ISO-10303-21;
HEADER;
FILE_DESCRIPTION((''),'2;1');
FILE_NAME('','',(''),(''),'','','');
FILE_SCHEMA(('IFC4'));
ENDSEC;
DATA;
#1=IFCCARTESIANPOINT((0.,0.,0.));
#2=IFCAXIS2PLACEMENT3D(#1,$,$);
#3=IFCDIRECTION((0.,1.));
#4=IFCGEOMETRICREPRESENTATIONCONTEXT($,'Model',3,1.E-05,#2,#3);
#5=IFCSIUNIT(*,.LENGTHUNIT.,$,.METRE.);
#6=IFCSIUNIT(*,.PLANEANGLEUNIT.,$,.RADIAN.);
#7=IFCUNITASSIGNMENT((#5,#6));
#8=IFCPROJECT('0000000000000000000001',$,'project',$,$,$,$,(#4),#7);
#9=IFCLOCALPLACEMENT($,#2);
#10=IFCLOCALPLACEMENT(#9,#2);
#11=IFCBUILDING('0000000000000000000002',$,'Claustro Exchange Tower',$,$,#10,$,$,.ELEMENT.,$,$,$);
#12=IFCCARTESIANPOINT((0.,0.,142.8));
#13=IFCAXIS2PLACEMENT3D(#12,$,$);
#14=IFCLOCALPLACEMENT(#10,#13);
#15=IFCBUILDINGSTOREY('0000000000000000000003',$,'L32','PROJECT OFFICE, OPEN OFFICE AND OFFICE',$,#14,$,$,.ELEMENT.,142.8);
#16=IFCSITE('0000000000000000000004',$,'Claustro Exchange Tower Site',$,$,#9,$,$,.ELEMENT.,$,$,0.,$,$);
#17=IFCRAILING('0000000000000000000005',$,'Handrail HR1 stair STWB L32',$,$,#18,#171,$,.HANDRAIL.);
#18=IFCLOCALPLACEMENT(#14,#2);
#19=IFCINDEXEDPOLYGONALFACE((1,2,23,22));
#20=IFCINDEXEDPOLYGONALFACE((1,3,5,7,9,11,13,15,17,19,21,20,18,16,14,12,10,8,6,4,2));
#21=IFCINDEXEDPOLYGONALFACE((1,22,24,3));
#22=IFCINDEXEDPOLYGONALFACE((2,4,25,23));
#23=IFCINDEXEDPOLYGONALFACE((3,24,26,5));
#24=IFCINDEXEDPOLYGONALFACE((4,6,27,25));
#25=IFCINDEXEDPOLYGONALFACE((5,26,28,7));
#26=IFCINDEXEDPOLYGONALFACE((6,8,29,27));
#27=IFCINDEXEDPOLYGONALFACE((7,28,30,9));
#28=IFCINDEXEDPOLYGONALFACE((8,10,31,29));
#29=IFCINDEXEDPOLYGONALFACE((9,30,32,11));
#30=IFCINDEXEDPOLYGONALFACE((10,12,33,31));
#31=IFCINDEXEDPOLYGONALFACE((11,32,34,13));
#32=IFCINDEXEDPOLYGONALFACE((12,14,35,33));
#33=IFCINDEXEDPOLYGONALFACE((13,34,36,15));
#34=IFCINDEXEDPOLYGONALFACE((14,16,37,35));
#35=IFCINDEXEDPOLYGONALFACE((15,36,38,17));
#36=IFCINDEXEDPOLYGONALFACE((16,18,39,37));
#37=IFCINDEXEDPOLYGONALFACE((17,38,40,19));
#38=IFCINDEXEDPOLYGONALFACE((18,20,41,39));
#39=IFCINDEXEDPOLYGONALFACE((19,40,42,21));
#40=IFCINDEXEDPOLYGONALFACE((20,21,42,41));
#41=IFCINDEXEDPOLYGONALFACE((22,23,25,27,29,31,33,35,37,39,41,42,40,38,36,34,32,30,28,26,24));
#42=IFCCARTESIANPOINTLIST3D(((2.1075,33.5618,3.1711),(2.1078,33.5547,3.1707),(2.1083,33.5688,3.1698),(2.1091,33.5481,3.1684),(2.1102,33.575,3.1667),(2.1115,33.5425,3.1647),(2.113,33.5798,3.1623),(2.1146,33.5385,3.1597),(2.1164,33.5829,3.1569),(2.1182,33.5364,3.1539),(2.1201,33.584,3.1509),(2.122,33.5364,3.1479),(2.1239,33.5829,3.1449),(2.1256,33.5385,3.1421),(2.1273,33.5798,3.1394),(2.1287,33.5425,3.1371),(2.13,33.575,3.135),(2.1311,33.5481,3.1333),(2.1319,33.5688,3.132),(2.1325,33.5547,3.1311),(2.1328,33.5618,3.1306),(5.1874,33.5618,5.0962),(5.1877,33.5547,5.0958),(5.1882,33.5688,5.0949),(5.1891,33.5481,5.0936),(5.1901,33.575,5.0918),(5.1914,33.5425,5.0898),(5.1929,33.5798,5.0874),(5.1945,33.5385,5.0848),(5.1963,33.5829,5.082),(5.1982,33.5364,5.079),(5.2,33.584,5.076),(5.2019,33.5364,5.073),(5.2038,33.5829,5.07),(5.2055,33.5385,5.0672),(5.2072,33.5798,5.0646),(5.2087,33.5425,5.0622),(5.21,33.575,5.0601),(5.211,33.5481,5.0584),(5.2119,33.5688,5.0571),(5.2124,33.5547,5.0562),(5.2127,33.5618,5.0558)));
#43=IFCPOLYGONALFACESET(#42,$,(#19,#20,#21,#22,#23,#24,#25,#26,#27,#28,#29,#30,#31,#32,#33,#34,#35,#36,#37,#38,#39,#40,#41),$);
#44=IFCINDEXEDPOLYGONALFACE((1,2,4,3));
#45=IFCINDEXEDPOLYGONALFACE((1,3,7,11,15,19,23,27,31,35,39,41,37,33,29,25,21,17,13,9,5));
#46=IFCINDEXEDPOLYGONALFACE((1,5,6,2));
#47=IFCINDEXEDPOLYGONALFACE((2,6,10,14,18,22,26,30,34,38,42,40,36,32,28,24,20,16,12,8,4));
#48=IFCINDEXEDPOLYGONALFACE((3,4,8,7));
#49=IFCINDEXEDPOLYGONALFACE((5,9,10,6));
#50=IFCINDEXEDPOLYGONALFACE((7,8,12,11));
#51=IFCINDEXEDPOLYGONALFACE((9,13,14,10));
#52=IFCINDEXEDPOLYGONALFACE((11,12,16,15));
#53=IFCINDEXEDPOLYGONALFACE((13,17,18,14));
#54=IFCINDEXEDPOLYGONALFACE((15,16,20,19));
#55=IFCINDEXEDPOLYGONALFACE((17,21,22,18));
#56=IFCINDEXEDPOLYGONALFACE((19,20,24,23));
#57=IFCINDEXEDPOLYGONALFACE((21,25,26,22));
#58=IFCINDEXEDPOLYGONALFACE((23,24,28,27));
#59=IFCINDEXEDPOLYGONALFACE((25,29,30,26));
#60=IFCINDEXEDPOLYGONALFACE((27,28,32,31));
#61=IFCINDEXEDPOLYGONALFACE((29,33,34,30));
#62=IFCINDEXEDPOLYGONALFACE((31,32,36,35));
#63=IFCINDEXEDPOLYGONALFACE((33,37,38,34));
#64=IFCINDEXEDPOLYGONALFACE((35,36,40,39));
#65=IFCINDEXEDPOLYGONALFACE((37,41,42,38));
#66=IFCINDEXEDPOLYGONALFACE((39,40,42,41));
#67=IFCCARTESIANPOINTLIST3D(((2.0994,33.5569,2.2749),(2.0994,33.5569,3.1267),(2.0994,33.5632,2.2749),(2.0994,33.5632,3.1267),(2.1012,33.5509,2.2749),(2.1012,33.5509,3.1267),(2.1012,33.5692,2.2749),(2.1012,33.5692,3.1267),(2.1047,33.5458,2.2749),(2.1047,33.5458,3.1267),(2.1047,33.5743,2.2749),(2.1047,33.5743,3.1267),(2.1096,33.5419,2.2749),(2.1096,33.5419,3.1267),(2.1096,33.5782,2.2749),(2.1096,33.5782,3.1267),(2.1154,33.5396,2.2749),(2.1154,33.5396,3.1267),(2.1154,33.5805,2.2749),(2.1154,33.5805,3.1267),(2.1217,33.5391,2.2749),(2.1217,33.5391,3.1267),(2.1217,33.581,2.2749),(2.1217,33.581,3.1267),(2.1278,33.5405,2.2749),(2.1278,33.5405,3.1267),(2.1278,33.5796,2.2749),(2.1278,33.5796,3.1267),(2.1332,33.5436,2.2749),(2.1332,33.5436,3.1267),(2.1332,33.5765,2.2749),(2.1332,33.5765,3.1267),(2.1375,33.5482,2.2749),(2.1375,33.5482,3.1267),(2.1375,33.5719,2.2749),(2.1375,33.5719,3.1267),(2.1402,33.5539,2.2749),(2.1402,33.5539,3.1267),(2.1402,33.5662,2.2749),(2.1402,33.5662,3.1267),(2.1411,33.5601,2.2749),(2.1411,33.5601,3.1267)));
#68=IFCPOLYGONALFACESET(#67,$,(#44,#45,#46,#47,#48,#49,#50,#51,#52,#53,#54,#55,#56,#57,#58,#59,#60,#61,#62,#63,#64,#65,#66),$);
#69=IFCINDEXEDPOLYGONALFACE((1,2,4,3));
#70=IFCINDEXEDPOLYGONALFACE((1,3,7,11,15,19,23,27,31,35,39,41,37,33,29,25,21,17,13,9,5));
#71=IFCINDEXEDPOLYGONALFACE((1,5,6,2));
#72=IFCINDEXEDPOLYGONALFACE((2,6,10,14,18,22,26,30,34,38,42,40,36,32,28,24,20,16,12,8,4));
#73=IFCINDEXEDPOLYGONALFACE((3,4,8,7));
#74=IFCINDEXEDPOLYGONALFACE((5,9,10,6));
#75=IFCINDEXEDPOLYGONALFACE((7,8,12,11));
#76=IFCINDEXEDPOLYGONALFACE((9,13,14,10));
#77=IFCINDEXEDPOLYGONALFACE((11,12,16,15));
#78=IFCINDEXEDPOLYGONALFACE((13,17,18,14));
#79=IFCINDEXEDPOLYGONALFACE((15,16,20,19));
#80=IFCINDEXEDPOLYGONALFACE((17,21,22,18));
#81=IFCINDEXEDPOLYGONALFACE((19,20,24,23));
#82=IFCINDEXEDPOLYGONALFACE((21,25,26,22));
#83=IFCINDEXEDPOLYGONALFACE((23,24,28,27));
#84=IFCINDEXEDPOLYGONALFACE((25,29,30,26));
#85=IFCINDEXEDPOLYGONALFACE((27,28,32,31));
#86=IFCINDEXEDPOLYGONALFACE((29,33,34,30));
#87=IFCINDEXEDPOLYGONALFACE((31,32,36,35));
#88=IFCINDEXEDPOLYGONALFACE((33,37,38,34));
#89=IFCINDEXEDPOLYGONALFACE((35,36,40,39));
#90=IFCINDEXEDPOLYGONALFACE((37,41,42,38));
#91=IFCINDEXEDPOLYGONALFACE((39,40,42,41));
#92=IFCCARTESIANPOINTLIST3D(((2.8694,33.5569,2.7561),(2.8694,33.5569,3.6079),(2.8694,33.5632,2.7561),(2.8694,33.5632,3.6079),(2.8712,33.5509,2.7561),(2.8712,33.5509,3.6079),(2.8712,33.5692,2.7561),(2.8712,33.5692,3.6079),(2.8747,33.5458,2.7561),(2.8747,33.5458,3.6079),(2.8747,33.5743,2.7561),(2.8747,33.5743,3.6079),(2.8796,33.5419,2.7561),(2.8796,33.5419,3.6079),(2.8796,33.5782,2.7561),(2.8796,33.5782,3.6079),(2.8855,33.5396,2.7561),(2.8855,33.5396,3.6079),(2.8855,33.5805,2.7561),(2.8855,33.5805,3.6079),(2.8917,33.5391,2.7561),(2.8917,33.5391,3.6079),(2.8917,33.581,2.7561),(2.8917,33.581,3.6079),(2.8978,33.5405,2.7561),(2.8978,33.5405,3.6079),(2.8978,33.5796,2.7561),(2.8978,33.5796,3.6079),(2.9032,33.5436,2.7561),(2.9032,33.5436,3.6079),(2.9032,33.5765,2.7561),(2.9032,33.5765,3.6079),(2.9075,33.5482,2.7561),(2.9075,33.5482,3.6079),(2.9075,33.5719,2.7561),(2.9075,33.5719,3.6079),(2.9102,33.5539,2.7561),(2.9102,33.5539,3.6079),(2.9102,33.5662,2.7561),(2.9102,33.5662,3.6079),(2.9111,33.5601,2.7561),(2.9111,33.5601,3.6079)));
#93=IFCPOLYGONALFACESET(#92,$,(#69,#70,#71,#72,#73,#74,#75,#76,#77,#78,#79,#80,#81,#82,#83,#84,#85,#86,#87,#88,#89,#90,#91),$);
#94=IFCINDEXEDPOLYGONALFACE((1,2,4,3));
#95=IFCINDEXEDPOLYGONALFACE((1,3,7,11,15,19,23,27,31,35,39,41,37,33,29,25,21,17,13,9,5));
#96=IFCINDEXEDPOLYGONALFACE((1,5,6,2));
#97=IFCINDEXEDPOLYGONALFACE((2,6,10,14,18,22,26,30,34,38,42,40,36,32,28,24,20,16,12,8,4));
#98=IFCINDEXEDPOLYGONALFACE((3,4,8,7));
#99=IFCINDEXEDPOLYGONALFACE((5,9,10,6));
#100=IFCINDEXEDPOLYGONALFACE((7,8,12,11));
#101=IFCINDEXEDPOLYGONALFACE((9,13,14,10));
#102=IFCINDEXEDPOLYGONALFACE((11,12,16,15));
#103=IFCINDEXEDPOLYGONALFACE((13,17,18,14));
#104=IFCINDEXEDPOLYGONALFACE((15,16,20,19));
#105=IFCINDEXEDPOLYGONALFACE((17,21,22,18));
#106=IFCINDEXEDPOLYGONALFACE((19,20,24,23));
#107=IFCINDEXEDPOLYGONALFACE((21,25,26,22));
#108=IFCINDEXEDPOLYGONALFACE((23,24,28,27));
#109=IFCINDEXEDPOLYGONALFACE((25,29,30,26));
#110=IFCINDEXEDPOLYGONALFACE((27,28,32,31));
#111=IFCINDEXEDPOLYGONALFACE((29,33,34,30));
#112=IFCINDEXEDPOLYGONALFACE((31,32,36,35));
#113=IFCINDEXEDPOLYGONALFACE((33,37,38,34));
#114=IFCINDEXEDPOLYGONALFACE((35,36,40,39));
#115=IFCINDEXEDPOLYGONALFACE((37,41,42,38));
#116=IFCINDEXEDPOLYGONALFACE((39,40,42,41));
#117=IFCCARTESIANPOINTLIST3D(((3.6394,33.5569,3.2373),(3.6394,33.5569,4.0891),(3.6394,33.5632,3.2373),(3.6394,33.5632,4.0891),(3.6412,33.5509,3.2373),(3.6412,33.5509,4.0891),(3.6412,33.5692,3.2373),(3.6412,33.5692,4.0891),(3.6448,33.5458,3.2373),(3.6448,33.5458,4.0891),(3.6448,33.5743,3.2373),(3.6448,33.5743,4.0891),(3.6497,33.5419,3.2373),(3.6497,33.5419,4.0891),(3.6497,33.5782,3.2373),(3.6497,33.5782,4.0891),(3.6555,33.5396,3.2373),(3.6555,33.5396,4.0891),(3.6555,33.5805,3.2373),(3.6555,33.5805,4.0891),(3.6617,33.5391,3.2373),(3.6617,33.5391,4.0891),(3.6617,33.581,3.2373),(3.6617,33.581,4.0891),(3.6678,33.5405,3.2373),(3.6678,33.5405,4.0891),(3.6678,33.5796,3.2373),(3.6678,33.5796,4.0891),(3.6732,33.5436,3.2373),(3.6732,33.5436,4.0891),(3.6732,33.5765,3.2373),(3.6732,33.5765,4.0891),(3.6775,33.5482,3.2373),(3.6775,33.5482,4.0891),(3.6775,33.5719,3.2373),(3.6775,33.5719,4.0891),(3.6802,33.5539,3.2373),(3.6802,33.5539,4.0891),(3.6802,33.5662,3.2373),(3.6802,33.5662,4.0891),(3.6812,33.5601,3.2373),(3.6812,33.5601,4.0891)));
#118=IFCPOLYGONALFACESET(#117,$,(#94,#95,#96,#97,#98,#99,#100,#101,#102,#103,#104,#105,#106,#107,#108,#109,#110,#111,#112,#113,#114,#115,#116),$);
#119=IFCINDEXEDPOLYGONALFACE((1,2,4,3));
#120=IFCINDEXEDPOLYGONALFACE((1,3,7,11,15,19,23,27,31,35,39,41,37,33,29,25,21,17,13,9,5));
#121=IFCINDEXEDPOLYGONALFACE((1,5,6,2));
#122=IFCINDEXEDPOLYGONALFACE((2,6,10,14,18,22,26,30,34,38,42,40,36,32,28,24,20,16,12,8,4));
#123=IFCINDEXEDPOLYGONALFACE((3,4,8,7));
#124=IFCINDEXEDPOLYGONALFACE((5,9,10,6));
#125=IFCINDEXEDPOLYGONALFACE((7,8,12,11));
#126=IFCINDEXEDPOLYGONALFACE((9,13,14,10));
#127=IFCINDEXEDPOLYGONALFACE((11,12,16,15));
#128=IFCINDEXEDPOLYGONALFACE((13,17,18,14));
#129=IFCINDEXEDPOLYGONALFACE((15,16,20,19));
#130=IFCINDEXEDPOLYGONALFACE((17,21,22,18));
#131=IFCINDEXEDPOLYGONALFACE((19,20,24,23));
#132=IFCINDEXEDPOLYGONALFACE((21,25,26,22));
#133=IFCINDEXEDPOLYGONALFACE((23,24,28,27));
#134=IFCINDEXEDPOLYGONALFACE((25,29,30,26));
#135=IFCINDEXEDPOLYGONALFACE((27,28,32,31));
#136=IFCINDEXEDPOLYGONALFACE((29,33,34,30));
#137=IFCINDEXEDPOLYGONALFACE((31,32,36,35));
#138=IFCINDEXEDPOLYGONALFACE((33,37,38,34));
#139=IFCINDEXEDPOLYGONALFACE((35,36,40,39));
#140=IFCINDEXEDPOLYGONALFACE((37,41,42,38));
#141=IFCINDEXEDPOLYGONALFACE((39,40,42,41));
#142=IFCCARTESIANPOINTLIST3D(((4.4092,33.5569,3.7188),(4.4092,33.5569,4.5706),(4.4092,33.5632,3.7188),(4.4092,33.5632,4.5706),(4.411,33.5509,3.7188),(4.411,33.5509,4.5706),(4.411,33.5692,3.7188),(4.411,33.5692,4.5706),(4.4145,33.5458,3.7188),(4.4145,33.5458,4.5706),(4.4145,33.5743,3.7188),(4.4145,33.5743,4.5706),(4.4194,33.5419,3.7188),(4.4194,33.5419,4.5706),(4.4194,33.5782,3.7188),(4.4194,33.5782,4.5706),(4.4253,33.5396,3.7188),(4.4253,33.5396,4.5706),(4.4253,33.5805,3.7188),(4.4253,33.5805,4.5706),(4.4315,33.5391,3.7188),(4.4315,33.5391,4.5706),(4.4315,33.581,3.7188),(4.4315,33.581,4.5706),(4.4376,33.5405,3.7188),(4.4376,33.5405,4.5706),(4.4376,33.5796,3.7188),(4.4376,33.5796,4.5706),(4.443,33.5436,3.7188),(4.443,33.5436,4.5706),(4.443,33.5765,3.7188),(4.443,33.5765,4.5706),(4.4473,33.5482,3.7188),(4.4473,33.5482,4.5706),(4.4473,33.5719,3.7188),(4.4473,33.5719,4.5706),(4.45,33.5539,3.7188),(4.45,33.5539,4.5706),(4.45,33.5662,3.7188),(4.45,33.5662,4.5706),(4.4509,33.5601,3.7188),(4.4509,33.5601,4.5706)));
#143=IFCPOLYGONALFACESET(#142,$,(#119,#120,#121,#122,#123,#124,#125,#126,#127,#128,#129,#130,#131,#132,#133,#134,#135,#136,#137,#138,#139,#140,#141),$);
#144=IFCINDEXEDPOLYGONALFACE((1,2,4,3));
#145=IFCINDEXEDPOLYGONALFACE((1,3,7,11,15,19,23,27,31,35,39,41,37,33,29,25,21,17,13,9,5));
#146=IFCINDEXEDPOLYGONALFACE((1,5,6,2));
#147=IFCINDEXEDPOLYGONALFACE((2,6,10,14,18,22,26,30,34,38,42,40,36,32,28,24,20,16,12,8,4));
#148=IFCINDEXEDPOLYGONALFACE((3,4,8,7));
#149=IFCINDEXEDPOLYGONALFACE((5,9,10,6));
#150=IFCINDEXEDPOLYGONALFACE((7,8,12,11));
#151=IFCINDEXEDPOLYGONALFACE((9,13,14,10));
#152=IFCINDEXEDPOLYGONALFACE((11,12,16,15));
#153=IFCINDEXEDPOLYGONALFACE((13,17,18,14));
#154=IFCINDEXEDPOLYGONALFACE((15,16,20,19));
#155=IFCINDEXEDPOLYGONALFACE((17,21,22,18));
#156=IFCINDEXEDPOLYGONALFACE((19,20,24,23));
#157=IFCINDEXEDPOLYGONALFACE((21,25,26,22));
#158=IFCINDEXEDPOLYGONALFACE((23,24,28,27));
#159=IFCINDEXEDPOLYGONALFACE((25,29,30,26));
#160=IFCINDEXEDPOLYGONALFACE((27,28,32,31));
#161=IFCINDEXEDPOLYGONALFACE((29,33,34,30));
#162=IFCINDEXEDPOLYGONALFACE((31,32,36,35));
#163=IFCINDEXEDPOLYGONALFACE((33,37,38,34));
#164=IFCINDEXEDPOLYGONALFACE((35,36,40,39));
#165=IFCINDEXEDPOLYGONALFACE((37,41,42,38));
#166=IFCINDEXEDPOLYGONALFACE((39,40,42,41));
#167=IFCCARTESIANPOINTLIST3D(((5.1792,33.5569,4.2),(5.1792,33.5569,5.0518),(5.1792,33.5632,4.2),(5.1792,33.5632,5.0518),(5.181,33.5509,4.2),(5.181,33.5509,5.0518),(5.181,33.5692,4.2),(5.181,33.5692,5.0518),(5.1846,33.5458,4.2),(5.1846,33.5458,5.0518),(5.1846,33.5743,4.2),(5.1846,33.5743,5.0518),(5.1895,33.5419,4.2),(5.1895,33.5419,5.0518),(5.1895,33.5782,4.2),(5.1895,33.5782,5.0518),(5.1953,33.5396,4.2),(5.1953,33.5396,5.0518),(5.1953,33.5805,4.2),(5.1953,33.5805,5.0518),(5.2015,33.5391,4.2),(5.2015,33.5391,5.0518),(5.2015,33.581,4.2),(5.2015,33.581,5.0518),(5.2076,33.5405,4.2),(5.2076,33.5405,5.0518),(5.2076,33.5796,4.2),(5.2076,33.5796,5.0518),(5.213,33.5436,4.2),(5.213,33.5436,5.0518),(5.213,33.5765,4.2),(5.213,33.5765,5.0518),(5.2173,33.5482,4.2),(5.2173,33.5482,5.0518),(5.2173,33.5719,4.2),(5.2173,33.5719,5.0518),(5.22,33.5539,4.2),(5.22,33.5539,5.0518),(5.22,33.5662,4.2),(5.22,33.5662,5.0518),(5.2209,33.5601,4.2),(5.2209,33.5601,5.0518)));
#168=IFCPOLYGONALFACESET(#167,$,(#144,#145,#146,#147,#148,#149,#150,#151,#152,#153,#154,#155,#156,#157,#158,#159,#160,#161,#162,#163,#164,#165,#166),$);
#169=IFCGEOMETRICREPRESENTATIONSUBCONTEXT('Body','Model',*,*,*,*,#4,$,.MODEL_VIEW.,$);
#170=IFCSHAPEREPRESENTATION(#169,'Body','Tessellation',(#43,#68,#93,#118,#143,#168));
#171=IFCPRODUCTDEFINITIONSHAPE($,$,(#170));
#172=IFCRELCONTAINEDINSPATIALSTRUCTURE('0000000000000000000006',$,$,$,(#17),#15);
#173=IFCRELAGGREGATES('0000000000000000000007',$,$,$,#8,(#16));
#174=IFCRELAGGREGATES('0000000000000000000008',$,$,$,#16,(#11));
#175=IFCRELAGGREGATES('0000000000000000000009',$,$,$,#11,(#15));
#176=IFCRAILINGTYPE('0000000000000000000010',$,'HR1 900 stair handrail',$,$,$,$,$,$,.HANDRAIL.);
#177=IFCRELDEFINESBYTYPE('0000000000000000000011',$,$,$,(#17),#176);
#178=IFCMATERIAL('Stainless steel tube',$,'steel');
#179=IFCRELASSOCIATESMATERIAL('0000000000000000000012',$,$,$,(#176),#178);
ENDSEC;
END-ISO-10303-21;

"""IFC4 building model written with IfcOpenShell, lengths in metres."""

from ifc_helpers import new_model, si_unit, direction, frame, origin, origin_2d, place, context, subcontext, project, spatial, circle, extrude, material, type_object, element, save


model = new_model("IFC4")

# Units and contexts
model_context = context("Model", 3, precision=1e-05, world=origin(), true_north=direction((0.0, 1.0)))
body_context = subcontext(model_context, "Body", "Model", "MODEL_VIEW")
ifc_project = project(units=[si_unit("LENGTHUNIT", "METRE"), si_unit("PLANEANGLEUNIT", "RADIAN")], contexts=[model_context])

# Site, building, storey
site_placement = place(None, origin())
site = spatial("IfcSite", under=ifc_project, at=site_placement, Name="Claustro Exchange Tower Site", CompositionType="ELEMENT", RefElevation=0.0)
building_placement = place(site_placement, origin())
building = spatial("IfcBuilding", under=site, at=building_placement, Name="Claustro Exchange Tower", CompositionType="ELEMENT")
storey_placement = place(building_placement, frame((0.0, 0.0, 142.8)))
storey = spatial("IfcBuildingStorey", under=building, at=storey_placement, Name="L32", Description="PROJECT OFFICE, OPEN OFFICE AND OFFICE", CompositionType="ELEMENT", Elevation=142.8)

# Railing
ifc_material_1 = material(Name="Stainless steel tube", Category="steel")
railing_type_1 = type_object("IfcRailingType", Name="HR1 900 stair handrail", PredefinedType="HANDRAIL", material=ifc_material_1)
railing_1_placement = place(storey_placement, frame((2.1201, 33.5601, 2.2749)))
element("IfcRailing", 1, at=railing_1_placement, inside=storey, type_object=railing_type_1, Name="Handrail HR1 stair STWB L32", PredefinedType="HANDRAIL", context=body_context, shape_type="SweptSolid", body=[
    extrude(circle(Radius=0.0239, at=origin_2d()), frame((0.0, 0.0, 0.876), z_axis=(0.847979, 0.0, 0.530029), x_axis=(0.0, 1.0, 0.0)), (0.0, 0.0, 1.0), 3.6321),
    extrude(circle(Radius=0.021, at=origin_2d()), origin(), (0.0, 0.0, 1.0), 0.8518),
    extrude(circle(Radius=0.021, at=origin_2d()), frame((0.77, 0.0, 0.4812)), (0.0, 0.0, 1.0), 0.8518),
    extrude(circle(Radius=0.021, at=origin_2d()), frame((1.54, 0.0, 0.9624)), (0.0, 0.0, 1.0), 0.8518),
    extrude(circle(Radius=0.021, at=origin_2d()), frame((2.3098, 0.0, 1.4438)), (0.0, 0.0, 1.0), 0.8518),
    extrude(circle(Radius=0.021, at=origin_2d()), frame((3.0798, 0.0, 1.925)), (0.0, 0.0, 1.0), 0.8518),
])

save(model, "model.ifc")
